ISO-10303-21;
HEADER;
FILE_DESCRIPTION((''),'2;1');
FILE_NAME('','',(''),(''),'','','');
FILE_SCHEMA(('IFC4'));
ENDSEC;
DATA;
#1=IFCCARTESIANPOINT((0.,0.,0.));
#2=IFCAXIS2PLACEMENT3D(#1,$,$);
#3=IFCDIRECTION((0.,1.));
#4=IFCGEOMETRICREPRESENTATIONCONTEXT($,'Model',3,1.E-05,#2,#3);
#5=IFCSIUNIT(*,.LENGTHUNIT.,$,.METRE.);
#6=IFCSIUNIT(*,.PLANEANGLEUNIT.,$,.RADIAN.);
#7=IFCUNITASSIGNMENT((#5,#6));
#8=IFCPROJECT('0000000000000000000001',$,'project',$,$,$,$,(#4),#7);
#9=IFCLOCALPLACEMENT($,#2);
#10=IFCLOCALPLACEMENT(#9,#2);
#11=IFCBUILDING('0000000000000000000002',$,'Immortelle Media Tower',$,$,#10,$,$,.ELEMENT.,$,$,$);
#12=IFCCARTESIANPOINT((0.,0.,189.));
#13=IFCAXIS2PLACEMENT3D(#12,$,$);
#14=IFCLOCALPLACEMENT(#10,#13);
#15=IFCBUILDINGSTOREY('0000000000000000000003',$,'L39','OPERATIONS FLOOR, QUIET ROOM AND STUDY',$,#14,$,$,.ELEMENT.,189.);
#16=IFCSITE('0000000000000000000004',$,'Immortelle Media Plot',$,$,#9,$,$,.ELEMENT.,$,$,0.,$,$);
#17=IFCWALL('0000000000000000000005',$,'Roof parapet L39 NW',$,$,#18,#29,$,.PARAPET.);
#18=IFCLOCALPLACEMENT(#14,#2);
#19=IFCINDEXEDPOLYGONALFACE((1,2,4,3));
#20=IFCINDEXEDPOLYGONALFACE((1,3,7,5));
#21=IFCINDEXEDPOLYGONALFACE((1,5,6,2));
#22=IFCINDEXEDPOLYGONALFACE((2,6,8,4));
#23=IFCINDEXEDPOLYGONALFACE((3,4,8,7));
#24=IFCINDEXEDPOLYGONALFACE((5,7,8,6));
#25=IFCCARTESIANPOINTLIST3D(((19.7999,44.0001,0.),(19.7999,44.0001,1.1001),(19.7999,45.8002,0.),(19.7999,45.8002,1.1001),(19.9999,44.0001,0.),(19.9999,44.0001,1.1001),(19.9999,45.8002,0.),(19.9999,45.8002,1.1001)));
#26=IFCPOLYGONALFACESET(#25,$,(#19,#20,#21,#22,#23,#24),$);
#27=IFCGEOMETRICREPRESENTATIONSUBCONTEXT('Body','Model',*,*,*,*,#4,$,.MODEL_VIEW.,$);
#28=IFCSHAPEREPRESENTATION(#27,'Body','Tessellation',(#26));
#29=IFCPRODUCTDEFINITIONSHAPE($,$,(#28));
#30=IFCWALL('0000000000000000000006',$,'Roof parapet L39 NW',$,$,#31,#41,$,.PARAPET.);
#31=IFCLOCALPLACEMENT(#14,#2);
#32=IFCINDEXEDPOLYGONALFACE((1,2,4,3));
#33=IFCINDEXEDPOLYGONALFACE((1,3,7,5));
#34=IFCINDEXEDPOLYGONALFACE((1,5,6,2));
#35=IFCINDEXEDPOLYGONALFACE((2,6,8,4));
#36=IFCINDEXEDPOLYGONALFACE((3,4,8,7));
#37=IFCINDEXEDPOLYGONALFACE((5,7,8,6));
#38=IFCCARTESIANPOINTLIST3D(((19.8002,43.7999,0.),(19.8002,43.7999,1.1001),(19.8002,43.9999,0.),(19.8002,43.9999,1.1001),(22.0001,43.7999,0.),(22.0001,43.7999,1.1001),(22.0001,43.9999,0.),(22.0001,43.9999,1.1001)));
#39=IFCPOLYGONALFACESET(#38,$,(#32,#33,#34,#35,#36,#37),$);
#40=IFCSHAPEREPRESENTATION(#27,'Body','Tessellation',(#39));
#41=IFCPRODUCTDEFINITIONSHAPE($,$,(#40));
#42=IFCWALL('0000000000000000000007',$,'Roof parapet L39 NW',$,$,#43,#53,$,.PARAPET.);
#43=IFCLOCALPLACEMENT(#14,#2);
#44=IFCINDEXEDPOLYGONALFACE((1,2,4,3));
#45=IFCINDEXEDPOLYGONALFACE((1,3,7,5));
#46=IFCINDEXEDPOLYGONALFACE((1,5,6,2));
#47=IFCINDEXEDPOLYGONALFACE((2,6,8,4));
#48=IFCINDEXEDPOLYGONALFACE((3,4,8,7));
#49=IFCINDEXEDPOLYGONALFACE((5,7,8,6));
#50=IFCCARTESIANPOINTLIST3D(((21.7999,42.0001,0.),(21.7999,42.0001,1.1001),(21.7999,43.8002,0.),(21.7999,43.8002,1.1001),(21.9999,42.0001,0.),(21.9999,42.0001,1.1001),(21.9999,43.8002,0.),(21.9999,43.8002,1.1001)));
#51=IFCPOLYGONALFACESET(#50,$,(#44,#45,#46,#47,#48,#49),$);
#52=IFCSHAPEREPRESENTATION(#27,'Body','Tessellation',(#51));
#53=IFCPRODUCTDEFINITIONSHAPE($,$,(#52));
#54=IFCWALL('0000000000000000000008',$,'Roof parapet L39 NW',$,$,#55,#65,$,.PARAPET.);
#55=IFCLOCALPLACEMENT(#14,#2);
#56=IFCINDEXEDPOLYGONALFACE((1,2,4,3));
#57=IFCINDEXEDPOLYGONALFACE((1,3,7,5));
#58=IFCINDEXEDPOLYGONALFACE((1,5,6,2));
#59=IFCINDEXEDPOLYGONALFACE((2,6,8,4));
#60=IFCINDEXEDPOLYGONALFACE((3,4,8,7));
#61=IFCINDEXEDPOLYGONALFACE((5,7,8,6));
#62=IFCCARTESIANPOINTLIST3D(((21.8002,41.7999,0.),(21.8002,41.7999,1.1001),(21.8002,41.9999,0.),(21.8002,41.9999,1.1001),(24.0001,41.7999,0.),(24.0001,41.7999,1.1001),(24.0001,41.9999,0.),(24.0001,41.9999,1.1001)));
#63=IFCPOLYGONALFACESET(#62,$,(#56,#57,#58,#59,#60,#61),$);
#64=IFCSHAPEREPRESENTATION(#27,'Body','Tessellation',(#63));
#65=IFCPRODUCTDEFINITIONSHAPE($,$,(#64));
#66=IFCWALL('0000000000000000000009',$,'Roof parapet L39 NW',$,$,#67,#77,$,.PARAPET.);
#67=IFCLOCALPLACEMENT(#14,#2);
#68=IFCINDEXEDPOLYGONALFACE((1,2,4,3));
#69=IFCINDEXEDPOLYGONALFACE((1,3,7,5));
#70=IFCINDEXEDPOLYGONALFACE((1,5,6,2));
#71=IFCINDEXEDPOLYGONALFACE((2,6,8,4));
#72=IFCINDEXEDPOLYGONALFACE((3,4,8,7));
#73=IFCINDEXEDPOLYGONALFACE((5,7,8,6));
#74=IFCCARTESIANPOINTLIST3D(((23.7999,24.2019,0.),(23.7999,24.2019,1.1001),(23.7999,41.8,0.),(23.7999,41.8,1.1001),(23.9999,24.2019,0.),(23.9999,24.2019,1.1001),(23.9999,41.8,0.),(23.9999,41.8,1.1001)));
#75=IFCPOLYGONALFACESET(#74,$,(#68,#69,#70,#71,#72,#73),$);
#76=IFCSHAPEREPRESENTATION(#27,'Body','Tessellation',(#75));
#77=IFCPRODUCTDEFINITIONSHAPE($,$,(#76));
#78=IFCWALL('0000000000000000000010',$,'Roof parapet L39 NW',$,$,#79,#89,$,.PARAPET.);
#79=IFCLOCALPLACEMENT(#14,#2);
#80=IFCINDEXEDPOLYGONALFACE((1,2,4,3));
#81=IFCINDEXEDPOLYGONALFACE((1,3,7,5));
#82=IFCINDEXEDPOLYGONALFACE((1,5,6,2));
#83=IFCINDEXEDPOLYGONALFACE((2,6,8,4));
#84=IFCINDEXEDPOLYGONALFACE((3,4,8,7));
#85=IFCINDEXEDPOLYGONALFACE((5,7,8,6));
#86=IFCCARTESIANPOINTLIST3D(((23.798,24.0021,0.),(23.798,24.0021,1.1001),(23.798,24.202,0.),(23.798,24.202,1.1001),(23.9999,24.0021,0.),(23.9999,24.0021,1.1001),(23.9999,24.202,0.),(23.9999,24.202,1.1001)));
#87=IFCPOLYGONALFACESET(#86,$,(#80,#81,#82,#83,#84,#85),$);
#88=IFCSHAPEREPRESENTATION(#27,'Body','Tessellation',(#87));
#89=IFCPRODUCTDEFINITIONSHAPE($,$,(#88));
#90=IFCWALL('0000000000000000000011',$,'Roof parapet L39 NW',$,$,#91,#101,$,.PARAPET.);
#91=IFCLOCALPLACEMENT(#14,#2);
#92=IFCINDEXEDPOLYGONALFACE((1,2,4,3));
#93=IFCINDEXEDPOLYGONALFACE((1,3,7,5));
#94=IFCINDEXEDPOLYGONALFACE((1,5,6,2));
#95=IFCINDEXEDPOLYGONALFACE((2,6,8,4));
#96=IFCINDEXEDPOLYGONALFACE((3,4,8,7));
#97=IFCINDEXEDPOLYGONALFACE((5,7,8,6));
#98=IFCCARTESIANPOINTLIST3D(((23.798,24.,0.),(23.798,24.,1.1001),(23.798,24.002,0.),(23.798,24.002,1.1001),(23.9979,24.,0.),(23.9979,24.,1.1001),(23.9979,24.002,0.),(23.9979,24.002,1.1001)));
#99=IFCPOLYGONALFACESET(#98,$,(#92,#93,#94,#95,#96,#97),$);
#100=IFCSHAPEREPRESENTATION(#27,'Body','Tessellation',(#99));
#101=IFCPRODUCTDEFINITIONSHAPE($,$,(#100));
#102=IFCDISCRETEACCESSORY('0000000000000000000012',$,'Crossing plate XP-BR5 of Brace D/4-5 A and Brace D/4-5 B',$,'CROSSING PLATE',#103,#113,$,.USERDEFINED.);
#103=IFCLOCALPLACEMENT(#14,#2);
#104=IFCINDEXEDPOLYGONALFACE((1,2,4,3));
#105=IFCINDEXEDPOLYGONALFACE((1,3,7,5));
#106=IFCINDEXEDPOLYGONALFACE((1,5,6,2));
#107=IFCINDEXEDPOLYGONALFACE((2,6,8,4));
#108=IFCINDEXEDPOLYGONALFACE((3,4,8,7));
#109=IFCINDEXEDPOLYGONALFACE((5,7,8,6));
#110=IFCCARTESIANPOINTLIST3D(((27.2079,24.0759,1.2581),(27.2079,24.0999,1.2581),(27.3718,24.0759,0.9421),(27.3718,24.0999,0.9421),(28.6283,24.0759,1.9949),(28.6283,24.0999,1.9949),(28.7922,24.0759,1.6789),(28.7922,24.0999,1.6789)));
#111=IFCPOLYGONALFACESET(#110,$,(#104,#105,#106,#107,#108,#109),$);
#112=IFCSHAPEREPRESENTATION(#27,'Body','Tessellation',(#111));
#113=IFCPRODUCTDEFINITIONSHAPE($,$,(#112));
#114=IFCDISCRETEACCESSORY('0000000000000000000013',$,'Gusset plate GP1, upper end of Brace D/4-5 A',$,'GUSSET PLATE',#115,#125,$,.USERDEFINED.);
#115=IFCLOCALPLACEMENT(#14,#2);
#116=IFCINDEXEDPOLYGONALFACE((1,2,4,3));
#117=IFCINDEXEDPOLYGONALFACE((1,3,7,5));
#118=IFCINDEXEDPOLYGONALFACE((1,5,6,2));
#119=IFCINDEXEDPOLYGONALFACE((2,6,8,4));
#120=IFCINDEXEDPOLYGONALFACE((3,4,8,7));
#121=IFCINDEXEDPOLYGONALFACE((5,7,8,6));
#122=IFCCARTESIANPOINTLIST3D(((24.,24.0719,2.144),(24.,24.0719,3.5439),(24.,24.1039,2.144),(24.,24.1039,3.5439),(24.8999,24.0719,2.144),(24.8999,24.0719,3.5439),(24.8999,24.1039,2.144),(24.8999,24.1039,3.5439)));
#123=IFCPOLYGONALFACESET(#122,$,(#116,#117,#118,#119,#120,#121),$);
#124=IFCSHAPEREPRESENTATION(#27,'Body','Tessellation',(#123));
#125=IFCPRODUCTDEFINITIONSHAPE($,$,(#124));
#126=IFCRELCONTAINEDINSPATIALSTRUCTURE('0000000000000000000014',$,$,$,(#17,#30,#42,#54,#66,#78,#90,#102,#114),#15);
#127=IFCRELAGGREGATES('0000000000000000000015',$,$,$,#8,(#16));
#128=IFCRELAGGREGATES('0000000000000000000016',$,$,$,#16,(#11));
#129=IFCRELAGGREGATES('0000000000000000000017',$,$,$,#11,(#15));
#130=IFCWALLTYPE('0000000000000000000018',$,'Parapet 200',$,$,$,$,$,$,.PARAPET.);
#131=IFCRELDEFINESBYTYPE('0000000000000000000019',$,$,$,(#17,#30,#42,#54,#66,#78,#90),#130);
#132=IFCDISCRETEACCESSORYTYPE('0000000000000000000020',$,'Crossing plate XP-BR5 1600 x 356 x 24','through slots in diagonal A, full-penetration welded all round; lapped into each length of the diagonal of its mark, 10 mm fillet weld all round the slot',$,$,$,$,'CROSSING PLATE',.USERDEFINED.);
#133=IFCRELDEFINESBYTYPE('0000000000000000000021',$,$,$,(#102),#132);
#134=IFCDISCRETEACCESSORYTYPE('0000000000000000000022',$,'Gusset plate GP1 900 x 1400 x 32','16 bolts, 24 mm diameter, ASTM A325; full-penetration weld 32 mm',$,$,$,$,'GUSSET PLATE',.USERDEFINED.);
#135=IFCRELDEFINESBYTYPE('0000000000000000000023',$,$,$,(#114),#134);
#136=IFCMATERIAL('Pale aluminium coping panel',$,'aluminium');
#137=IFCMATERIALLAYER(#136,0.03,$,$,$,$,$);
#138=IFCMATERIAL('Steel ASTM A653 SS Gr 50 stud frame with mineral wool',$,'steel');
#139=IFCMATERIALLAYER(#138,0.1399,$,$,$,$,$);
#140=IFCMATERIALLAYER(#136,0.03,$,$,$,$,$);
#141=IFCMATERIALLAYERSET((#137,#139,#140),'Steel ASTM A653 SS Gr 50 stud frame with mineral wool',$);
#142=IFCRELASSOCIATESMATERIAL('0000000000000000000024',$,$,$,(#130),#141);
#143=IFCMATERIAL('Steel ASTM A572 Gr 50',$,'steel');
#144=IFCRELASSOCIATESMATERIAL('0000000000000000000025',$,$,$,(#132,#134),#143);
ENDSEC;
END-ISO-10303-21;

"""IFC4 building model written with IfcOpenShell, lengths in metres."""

from ifc_helpers import new_model, si_unit, direction, frame, frame_2d, origin, origin_2d, place, context, subcontext, project, spatial, rectangle, extrude, material, layer, layer_set, material_profile, profile_set, type_object, element, save


model = new_model("IFC4")

# Units and contexts
model_context = context("Model", 3, precision=1e-05, world=origin(), true_north=direction((0.0, 1.0)))
body_context = subcontext(model_context, "Body", "Model", "MODEL_VIEW")
ifc_project = project(units=[si_unit("LENGTHUNIT", "METRE"), si_unit("PLANEANGLEUNIT", "RADIAN")], contexts=[model_context])

# Site, building, storey
site_placement = place(None, origin())
site = spatial("IfcSite", under=ifc_project, at=site_placement, Name="Immortelle Media Plot", CompositionType="ELEMENT", RefElevation=0.0)
building_placement = place(site_placement, origin())
building = spatial("IfcBuilding", under=site, at=building_placement, Name="Immortelle Media Tower", CompositionType="ELEMENT")
storey_placement = place(building_placement, frame((0.0, 0.0, 189.0)))
storey = spatial("IfcBuildingStorey", under=building, at=storey_placement, Name="L39", Description="OPERATIONS FLOOR, QUIET ROOM AND STUDY", CompositionType="ELEMENT", Elevation=189.0)

# Walls
ifc_material_1 = material(Name="Steel ASTM A653 SS Gr 50 stud frame with mineral wool", Category="steel")
ifc_material_2 = material(Name="Pale aluminium coping panel", Category="aluminium")
ifc_layer_1 = layer(ifc_material_2, 0.03)
ifc_layer_2 = layer(ifc_material_1, 0.1399)
ifc_layer_3 = layer(ifc_material_2, 0.03)
ifc_layer_set_1 = layer_set([ifc_layer_1, ifc_layer_2, ifc_layer_3], Name="Steel ASTM A653 SS Gr 50 stud frame with mineral wool")
wall_type_1 = type_object("IfcWallType", Name="Parapet 200", PredefinedType="PARAPET", material=ifc_layer_set_1)
wall_1_placement = place(storey_placement, frame((19.8999, 45.8, 0.0), z_axis=(0.0, 0.0, 1.0), x_axis=(0.0, -1.0, 0.0)))
element("IfcWall", 1, at=wall_1_placement, inside=storey, type_object=wall_type_1, Name="Roof parapet L39 NW", PredefinedType="PARAPET", context=body_context, shape_type="SweptSolid", body=[
    extrude(rectangle(XDim=1.8, YDim=0.2, at=frame_2d((0.8999, 0.0))), origin(), (0.0, 0.0, 1.0), 1.1001),
])
wall_2_placement = place(storey_placement, frame((19.8, 43.8999, 0.0), z_axis=(0.0, 0.0, 1.0), x_axis=(1.0, 0.0, 0.0)))
element("IfcWall", 2, at=wall_2_placement, inside=storey, type_object=wall_type_1, Name="Roof parapet L39 NW", PredefinedType="PARAPET", context=body_context, shape_type="SweptSolid", body=[
    extrude(rectangle(XDim=2.2, YDim=0.2, at=frame_2d((1.1001, 0.0))), origin(), (0.0, 0.0, 1.0), 1.1001),
])
wall_3_placement = place(storey_placement, frame((21.8999, 43.8, 0.0), z_axis=(0.0, 0.0, 1.0), x_axis=(0.0, -1.0, 0.0)))
element("IfcWall", 3, at=wall_3_placement, inside=storey, type_object=wall_type_1, Name="Roof parapet L39 NW", PredefinedType="PARAPET", context=body_context, shape_type="SweptSolid", body=[
    extrude(rectangle(XDim=1.8, YDim=0.2, at=frame_2d((0.8999, 0.0))), origin(), (0.0, 0.0, 1.0), 1.1001),
])
wall_4_placement = place(storey_placement, frame((21.8, 41.8999, 0.0), z_axis=(0.0, 0.0, 1.0), x_axis=(1.0, 0.0, 0.0)))
element("IfcWall", 4, at=wall_4_placement, inside=storey, type_object=wall_type_1, Name="Roof parapet L39 NW", PredefinedType="PARAPET", context=body_context, shape_type="SweptSolid", body=[
    extrude(rectangle(XDim=2.2, YDim=0.2, at=frame_2d((1.1001, 0.0))), origin(), (0.0, 0.0, 1.0), 1.1001),
])
wall_5_placement = place(storey_placement, frame((23.8999, 41.8, 0.0), z_axis=(0.0, 0.0, 1.0), x_axis=(0.0, -1.0, 0.0)))
element("IfcWall", 5, at=wall_5_placement, inside=storey, type_object=wall_type_1, Name="Roof parapet L39 NW", PredefinedType="PARAPET", context=body_context, shape_type="SweptSolid", body=[
    extrude(rectangle(XDim=17.5981, YDim=0.2, at=frame_2d((8.7991, 0.0))), origin(), (0.0, 0.0, 1.0), 1.1001),
])
wall_6_placement = place(storey_placement, frame((24.0, 24.1021, 0.0), z_axis=(0.0, 0.0, 1.0), x_axis=(-1.0, 0.0, 0.0)))
element("IfcWall", 6, at=wall_6_placement, inside=storey, type_object=wall_type_1, Name="Roof parapet L39 NW", PredefinedType="PARAPET", context=body_context, shape_type="SweptSolid", body=[
    extrude(rectangle(XDim=0.2019, YDim=0.2, at=frame_2d((0.1011, 0.0))), origin(), (0.0, 0.0, 1.0), 1.1001),
])
wall_7_placement = place(storey_placement, frame((23.8979, 24.002, 0.0), z_axis=(0.0, 0.0, 1.0), x_axis=(0.0, -1.0, 0.0)))
element("IfcWall", 7, at=wall_7_placement, inside=storey, type_object=wall_type_1, Name="Roof parapet L39 NW", PredefinedType="PARAPET", context=body_context, shape_type="SweptSolid", body=[
    extrude(rectangle(XDim=0.002, YDim=0.2, at=frame_2d((0.001, 0.0))), origin(), (0.0, 0.0, 1.0), 1.1001),
])

# Discrete accessories
ifc_material_3 = material(Name="Steel ASTM A572 Gr 50", Category="steel")
ifc_material_profile_1 = material_profile(ifc_material_3, rectangle(XDim=0.0239, YDim=0.356, at=origin_2d()), Name="PL 24 x 356")
ifc_profile_set_1 = profile_set([ifc_material_profile_1], Name="Steel ASTM A572 Gr 50")
discrete_accessory_type_1 = type_object("IfcDiscreteAccessoryType", Name="Crossing plate XP-BR5 1600 x 356 x 24", Description="through slots in diagonal A, full-penetration welded all round; lapped into each length of the diagonal of its mark, 10 mm fillet weld all round the slot", ElementType="CROSSING PLATE", PredefinedType="USERDEFINED", material=ifc_profile_set_1)
discrete_accessory_1_placement = place(storey_placement, frame((28.7102, 24.0879, 1.8369), z_axis=(-0.887676, 0.0, -0.460469), x_axis=(0.0, -1.0, 0.0)))
element("IfcDiscreteAccessory", 8, at=discrete_accessory_1_placement, inside=storey, type_object=discrete_accessory_type_1, Name="Crossing plate XP-BR5 of Brace D/4-5 A and Brace D/4-5 B", ObjectType="CROSSING PLATE", PredefinedType="USERDEFINED", context=body_context, shape_type="SweptSolid", body=[
    extrude(rectangle(XDim=0.0239, YDim=0.356, at=origin_2d()), origin(), (0.0, 0.0, 1.0), 1.6001),
])
ifc_material_profile_2 = material_profile(ifc_material_3, rectangle(XDim=0.032, YDim=1.3999, at=origin_2d()), Name="PL 32 x 1400")
ifc_profile_set_2 = profile_set([ifc_material_profile_2], Name="Steel ASTM A572 Gr 50")
discrete_accessory_type_2 = type_object("IfcDiscreteAccessoryType", Name="Gusset plate GP1 900 x 1400 x 32", Description="16 bolts, 24 mm diameter, ASTM A325; full-penetration weld 32 mm", ElementType="GUSSET PLATE", PredefinedType="USERDEFINED", material=ifc_profile_set_2)
discrete_accessory_2_placement = place(storey_placement, frame((24.0, 24.0879, 2.844), z_axis=(1.0, 0.0, 0.0), x_axis=(0.0, 1.0, 0.0)))
element("IfcDiscreteAccessory", 9, at=discrete_accessory_2_placement, inside=storey, type_object=discrete_accessory_type_2, Name="Gusset plate GP1, upper end of Brace D/4-5 A", ObjectType="GUSSET PLATE", PredefinedType="USERDEFINED", context=body_context, shape_type="SweptSolid", body=[
    extrude(rectangle(XDim=0.032, YDim=1.3999, at=origin_2d()), origin(), (0.0, 0.0, 1.0), 0.8999),
])

save(model, "model.ifc")
